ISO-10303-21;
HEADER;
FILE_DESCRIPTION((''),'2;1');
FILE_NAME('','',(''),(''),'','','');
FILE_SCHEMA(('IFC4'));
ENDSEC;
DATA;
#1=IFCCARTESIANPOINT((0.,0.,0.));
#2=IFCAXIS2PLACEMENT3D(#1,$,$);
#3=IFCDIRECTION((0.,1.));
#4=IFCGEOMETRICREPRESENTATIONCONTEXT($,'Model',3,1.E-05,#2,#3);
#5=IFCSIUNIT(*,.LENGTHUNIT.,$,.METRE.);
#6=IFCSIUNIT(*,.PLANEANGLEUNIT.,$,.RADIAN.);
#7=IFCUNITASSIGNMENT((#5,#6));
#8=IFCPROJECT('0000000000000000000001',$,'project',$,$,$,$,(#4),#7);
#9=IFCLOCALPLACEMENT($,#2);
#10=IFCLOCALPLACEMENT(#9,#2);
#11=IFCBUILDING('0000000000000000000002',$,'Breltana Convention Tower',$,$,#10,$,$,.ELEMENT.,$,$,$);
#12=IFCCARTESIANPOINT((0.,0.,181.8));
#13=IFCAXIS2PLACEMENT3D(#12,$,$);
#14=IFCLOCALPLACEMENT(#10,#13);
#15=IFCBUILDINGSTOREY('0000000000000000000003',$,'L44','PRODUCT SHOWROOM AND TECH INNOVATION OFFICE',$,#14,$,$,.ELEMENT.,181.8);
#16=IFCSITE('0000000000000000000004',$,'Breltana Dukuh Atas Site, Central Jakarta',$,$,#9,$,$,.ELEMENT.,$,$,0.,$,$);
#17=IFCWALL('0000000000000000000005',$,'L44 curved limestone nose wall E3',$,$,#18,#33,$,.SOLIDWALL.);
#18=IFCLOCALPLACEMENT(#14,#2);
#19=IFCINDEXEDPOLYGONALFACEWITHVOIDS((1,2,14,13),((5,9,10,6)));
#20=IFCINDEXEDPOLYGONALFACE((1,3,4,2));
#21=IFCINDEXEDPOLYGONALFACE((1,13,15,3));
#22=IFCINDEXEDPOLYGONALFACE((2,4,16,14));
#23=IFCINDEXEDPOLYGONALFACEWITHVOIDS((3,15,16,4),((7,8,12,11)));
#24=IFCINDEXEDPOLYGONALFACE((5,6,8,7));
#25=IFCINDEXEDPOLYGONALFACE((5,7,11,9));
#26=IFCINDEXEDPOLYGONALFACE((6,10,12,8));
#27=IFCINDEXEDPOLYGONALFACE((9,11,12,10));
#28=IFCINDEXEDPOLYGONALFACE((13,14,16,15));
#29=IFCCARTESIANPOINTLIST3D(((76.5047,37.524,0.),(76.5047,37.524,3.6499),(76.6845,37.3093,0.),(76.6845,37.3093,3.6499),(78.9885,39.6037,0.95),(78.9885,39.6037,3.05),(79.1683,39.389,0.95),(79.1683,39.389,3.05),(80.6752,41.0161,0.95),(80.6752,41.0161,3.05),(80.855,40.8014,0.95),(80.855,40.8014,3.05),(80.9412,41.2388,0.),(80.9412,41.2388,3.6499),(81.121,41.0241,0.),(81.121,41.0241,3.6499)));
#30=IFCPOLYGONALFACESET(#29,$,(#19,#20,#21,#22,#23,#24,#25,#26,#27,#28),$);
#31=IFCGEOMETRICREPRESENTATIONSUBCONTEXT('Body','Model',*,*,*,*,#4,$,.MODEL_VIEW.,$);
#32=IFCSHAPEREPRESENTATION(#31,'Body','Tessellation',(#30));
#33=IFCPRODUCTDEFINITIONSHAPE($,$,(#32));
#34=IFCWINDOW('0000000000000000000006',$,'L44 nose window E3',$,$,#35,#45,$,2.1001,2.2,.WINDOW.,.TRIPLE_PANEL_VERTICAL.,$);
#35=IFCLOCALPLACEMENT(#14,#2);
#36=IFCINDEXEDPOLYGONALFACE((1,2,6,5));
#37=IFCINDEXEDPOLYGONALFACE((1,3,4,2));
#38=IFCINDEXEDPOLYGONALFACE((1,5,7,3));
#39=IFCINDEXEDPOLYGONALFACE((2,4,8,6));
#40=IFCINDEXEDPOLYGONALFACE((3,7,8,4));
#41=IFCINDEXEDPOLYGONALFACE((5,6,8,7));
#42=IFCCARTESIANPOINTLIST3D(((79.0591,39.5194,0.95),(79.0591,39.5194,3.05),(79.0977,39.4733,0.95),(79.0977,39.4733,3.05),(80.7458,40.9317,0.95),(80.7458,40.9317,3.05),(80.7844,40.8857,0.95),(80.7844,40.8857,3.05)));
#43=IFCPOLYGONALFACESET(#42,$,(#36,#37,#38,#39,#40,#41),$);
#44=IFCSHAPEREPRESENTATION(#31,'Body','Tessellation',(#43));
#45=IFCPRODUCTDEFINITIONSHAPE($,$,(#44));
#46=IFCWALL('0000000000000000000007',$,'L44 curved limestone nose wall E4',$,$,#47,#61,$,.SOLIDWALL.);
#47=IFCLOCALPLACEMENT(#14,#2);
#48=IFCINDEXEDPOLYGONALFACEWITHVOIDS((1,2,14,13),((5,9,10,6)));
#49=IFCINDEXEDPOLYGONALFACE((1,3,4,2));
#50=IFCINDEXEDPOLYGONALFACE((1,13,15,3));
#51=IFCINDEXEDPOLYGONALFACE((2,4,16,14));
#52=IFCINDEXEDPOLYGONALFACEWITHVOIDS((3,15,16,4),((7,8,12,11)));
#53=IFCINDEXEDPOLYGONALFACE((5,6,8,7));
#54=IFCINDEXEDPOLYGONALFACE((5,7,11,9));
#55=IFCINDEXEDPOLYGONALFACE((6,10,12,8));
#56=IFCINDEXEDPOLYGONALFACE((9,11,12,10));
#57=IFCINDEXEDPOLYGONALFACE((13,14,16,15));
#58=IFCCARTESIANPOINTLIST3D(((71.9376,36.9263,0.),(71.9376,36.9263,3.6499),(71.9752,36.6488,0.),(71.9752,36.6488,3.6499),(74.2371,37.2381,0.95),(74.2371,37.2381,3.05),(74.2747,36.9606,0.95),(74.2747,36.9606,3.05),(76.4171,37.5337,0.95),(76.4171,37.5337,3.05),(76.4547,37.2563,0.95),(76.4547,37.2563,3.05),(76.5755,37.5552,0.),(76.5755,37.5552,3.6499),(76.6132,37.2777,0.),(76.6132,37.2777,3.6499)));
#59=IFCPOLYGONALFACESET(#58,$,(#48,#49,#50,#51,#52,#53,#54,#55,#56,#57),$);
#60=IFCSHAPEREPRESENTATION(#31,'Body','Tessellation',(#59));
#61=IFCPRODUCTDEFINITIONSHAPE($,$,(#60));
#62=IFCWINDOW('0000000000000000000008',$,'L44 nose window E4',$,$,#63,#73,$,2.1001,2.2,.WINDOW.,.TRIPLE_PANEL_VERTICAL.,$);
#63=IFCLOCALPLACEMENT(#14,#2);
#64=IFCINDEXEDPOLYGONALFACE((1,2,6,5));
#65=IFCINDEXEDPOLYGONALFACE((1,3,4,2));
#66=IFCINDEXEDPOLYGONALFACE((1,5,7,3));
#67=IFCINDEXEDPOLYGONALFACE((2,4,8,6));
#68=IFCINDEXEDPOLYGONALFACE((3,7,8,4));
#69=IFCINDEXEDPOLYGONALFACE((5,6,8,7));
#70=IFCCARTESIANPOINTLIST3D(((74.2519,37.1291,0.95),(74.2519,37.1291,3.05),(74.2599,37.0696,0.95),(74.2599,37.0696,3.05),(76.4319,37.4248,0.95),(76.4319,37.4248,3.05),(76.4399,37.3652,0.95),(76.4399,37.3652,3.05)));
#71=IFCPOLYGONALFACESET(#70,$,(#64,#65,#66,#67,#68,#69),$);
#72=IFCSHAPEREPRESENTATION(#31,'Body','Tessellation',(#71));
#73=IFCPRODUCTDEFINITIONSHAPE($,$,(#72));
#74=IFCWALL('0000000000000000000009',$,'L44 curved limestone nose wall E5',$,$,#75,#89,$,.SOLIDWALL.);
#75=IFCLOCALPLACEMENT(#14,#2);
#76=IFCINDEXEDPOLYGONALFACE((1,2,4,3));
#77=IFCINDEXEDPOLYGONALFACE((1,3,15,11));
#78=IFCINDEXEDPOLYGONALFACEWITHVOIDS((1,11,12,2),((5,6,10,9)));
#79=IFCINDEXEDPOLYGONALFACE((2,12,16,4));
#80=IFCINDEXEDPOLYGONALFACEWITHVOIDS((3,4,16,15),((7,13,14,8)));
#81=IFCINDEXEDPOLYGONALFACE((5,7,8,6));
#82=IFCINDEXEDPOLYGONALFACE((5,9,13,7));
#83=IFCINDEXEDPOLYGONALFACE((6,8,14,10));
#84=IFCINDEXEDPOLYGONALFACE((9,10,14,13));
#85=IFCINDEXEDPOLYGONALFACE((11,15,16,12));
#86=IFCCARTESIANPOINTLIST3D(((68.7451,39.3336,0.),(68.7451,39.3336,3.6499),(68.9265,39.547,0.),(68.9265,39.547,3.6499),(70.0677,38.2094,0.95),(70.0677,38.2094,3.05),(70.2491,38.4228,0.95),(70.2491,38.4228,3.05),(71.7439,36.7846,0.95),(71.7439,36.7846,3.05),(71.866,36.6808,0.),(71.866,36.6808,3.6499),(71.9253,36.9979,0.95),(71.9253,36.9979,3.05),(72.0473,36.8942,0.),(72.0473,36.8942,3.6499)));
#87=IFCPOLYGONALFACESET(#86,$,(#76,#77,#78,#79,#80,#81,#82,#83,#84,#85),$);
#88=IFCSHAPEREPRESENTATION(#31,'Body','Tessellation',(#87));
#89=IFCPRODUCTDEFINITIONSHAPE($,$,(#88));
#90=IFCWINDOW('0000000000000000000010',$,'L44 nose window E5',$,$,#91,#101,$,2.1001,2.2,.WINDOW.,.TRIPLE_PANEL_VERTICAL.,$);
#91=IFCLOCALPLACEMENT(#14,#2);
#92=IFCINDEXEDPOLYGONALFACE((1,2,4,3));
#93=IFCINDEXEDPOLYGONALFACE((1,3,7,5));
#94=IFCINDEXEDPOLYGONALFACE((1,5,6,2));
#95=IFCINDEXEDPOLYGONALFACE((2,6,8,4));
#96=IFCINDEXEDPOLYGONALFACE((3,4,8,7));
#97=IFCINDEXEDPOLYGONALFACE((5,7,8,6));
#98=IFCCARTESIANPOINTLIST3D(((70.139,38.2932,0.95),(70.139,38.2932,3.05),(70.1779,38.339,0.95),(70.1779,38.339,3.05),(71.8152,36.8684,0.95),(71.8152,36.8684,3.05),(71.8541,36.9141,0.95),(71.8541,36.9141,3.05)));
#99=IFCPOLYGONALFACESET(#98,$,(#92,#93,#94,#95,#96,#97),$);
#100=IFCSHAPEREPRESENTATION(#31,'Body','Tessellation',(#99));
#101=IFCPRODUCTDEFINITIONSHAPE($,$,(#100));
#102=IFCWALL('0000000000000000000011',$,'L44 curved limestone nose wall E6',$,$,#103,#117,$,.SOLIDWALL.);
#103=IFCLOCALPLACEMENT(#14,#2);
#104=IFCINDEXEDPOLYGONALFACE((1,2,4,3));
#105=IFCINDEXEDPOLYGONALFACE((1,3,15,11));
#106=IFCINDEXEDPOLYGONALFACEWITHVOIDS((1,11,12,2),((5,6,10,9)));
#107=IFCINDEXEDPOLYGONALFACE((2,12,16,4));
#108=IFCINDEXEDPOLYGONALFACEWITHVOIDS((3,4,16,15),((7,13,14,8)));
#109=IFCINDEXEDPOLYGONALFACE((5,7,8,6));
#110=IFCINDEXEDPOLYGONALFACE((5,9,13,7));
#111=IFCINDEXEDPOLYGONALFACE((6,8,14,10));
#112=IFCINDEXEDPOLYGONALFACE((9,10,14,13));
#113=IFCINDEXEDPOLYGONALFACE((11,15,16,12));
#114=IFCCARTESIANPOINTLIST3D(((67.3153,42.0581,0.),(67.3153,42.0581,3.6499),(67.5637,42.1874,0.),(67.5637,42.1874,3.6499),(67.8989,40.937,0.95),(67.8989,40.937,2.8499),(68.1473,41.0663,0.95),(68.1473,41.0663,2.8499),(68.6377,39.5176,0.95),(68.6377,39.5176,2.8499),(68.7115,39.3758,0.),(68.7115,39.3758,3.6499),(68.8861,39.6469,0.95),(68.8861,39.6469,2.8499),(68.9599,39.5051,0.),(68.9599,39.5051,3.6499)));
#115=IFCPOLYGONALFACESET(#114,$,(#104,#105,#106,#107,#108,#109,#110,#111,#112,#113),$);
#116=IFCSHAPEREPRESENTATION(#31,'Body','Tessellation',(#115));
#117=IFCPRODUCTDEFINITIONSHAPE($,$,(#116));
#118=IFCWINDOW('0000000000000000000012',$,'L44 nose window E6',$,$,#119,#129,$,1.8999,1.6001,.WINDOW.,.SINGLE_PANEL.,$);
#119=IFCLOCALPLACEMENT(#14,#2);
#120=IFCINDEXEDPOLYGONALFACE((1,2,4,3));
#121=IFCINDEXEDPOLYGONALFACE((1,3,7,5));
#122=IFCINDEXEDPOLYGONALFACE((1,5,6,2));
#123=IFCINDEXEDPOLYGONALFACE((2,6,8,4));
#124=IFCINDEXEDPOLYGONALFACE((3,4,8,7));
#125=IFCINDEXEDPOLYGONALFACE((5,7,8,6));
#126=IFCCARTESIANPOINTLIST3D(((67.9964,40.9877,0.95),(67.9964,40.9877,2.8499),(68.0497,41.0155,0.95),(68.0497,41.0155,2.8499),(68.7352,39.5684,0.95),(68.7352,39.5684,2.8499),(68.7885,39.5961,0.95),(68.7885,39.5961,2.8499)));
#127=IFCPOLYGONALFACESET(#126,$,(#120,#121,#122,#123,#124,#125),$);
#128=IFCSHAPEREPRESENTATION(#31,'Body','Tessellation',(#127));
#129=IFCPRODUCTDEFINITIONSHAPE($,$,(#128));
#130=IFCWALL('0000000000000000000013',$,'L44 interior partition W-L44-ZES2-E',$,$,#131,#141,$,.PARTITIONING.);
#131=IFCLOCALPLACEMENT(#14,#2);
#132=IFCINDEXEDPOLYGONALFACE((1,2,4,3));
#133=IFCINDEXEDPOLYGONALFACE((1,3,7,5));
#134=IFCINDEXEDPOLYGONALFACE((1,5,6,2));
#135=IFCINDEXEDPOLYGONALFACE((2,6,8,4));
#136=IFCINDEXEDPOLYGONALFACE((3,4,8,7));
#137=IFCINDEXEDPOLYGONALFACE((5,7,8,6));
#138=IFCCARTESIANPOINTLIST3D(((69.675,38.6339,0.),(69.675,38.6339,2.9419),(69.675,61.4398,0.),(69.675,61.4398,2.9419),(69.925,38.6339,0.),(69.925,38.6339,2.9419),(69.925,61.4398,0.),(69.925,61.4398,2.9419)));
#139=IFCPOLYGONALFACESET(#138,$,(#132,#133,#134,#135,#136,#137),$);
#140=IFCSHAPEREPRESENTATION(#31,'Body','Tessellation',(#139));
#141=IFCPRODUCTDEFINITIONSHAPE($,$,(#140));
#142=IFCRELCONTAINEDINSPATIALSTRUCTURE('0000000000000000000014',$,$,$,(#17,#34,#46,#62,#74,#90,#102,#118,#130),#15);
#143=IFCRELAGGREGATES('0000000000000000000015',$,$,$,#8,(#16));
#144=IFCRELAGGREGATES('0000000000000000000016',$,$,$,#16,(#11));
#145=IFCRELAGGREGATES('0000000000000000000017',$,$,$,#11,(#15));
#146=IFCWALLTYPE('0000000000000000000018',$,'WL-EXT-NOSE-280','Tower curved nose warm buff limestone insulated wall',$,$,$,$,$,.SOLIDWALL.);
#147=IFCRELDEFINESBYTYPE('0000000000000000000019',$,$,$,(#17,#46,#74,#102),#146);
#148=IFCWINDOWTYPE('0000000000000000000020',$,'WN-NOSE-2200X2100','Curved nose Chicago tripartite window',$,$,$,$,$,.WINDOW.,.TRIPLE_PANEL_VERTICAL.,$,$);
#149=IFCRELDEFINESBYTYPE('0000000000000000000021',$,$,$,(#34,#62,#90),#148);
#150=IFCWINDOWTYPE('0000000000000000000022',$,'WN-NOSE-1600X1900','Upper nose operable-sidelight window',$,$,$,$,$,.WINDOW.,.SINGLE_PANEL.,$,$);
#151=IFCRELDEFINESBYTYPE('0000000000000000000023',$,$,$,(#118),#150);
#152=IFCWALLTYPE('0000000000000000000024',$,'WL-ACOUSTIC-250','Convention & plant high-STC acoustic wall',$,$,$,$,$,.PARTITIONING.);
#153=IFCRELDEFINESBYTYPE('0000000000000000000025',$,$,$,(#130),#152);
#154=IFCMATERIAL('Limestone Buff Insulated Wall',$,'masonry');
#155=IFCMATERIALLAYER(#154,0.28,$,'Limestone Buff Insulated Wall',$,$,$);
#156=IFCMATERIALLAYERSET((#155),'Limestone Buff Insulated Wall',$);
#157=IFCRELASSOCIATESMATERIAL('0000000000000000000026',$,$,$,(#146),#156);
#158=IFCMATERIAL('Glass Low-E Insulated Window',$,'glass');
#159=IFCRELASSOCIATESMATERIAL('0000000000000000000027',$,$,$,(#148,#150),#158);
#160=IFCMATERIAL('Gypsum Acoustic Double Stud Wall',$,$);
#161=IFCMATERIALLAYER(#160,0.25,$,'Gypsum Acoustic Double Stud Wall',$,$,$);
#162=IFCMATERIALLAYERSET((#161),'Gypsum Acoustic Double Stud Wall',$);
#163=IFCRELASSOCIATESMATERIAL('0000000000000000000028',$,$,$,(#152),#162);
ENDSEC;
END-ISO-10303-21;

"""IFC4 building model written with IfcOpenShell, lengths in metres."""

from ifc_helpers import new_model, si_unit, direction, frame, frame_2d, origin, place, context, subcontext, project, spatial, rectangle, extrude, source, transform, mapped, material, layer, layer_set, type_object, type_shapes, element, fill, save


model = new_model("IFC4")

# Units and contexts
model_context = context("Model", 3, precision=1e-05, world=origin(), true_north=direction((0.0, 1.0)))
body_context = subcontext(model_context, "Body", "Model", "MODEL_VIEW")
ifc_project = project(units=[si_unit("LENGTHUNIT", "METRE"), si_unit("PLANEANGLEUNIT", "RADIAN")], contexts=[model_context])

# Site, building, storey
site_placement = place(None, origin())
site = spatial("IfcSite", under=ifc_project, at=site_placement, Name="Breltana Dukuh Atas Site, Central Jakarta", CompositionType="ELEMENT", RefElevation=0.0)
building_placement = place(site_placement, origin())
building = spatial("IfcBuilding", under=site, at=building_placement, Name="Breltana Convention Tower", CompositionType="ELEMENT")
storey_placement = place(building_placement, frame((0.0, 0.0, 181.8)))
storey = spatial("IfcBuildingStorey", under=building, at=storey_placement, Name="L44", Description="PRODUCT SHOWROOM AND TECH INNOVATION OFFICE", CompositionType="ELEMENT", Elevation=181.8)

# Walls, openings, windows
ifc_material_1 = material(Name="Limestone Buff Insulated Wall", Category="masonry")
ifc_layer_1 = layer(ifc_material_1, 0.28, Name="Limestone Buff Insulated Wall")
ifc_layer_set_1 = layer_set([ifc_layer_1], Name="Limestone Buff Insulated Wall")
wall_type_1 = type_object("IfcWallType", Name="WL-EXT-NOSE-280", Description="Tower curved nose warm buff limestone insulated wall", PredefinedType="SOLIDWALL", material=ifc_layer_set_1)
shared_shape_1 = source(origin(), body_context, "Body", "SweptSolid", [
    extrude(rectangle(XDim=5.7864, YDim=0.28, at=frame_2d((2.8931, 0.0))), origin(), (0.0, 0.0, 1.0), 3.6499),
])
wall_1_placement = place(storey_placement, frame((81.031, 41.1313, 0.0), z_axis=(0.0, 0.0, 1.0), x_axis=(-0.766711, -0.641992, 0.0)))
wall_1 = element("IfcWall", 1, at=wall_1_placement, inside=storey, type_object=wall_type_1, Name="L44 curved limestone nose wall E3", PredefinedType="SOLIDWALL", context=body_context, shape_type="MappedRepresentation", body=[
    mapped(shared_shape_1, transform((0.0, 0.0, 0.0), scale=1.0)),
])
opening_1_placement = place(wall_1_placement, frame((0.3467, 0.0, 0.95)))
opening_1 = element("IfcOpeningElement", 2, at=opening_1_placement, cuts=wall_1, PredefinedType="OPENING", context=body_context, shape_type="SweptSolid", body=[
    extrude(rectangle(XDim=2.2, YDim=2.1001, at=frame_2d((1.1001, 1.05))), frame((0.0, 0.1499, 0.0), z_axis=(0.0, -1.0, 0.0), x_axis=(1.0, 0.0, 0.0)), (0.0, 0.0, 1.0), 0.3),
])
ifc_material_2 = material(Name="Glass Low-E Insulated Window", Category="glass")
window_type_1 = type_object("IfcWindowType", Name="WN-NOSE-2200X2100", Description="Curved nose Chicago tripartite window", PartitioningType="TRIPLE_PANEL_VERTICAL", PredefinedType="WINDOW", material=ifc_material_2)
shared_shape_2 = source(origin(), body_context, "Body", "SweptSolid", [
    extrude(rectangle(XDim=2.2, YDim=2.1001, at=frame_2d((1.1001, 1.05))), frame((0.0, 0.03, 0.0), z_axis=(0.0, -1.0, 0.0), x_axis=(1.0, 0.0, 0.0)), (0.0, 0.0, 1.0), 0.0601),
])
type_shapes(window_type_1, [shared_shape_2])
window_1_placement = place(opening_1_placement, origin())
window_1 = element("IfcWindow", 3, at=window_1_placement, inside=storey, type_object=window_type_1, Name="L44 nose window E3", OverallHeight=2.1001, OverallWidth=2.2, PartitioningType="TRIPLE_PANEL_VERTICAL", PredefinedType="WINDOW", context=body_context, shape_type="MappedRepresentation", body=[
    mapped(shared_shape_2, transform((0.0, 0.0, 0.0), scale=1.0)),
])
fill(opening_1, window_1)
shared_shape_3 = source(origin(), body_context, "Body", "SweptSolid", [
    extrude(rectangle(XDim=4.6804, YDim=0.28, at=frame_2d((2.3403, 0.0))), origin(), (0.0, 0.0, 1.0), 3.6499),
])
wall_2_placement = place(storey_placement, frame((76.5945, 37.4165, 0.0), z_axis=(0.0, 0.0, 1.0), x_axis=(-0.990931, -0.134371, 0.0)))
wall_2 = element("IfcWall", 4, at=wall_2_placement, inside=storey, type_object=wall_type_1, Name="L44 curved limestone nose wall E4", PredefinedType="SOLIDWALL", context=body_context, shape_type="MappedRepresentation", body=[
    mapped(shared_shape_3, transform((0.0, 0.0, 0.0), scale=1.0)),
])
opening_2_placement = place(wall_2_placement, frame((0.1599, 0.0, 0.95)))
opening_2 = element("IfcOpeningElement", 5, at=opening_2_placement, cuts=wall_2, PredefinedType="OPENING", context=body_context, shape_type="SweptSolid", body=[
    extrude(rectangle(XDim=2.2, YDim=2.1001, at=frame_2d((1.1001, 1.05))), frame((0.0, 0.1499, 0.0), z_axis=(0.0, -1.0, 0.0), x_axis=(1.0, 0.0, 0.0)), (0.0, 0.0, 1.0), 0.3),
])
window_2_placement = place(opening_2_placement, origin())
window_2 = element("IfcWindow", 6, at=window_2_placement, inside=storey, type_object=window_type_1, Name="L44 nose window E4", OverallHeight=2.1001, OverallWidth=2.2, PartitioningType="TRIPLE_PANEL_VERTICAL", PredefinedType="WINDOW", context=body_context, shape_type="MappedRepresentation", body=[
    mapped(shared_shape_2, transform((0.0, 0.0, 0.0), scale=1.0)),
])
fill(opening_2, window_2)
shared_shape_4 = source(origin(), body_context, "Body", "SweptSolid", [
    extrude(rectangle(XDim=4.0959, YDim=0.28, at=frame_2d((2.0479, 0.0))), origin(), (0.0, 0.0, 1.0), 3.6499),
])
wall_3_placement = place(storey_placement, frame((71.9565, 36.7876, 0.0), z_axis=(0.0, 0.0, 1.0), x_axis=(-0.761926, 0.647664, 0.0)))
wall_3 = element("IfcWall", 7, at=wall_3_placement, inside=storey, type_object=wall_type_1, Name="L44 curved limestone nose wall E5", PredefinedType="SOLIDWALL", context=body_context, shape_type="MappedRepresentation", body=[
    mapped(shared_shape_4, transform((0.0, 0.0, 0.0), scale=1.0)),
])
opening_3_placement = place(wall_3_placement, frame((0.1599, 0.0, 0.95)))
opening_3 = element("IfcOpeningElement", 8, at=opening_3_placement, cuts=wall_3, PredefinedType="OPENING", context=body_context, shape_type="SweptSolid", body=[
    extrude(rectangle(XDim=2.2, YDim=2.1001, at=frame_2d((1.1001, 1.05))), frame((0.0, 0.1499, 0.0), z_axis=(0.0, -1.0, 0.0), x_axis=(1.0, 0.0, 0.0)), (0.0, 0.0, 1.0), 0.3),
])
window_3_placement = place(opening_3_placement, origin())
window_3 = element("IfcWindow", 9, at=window_3_placement, inside=storey, type_object=window_type_1, Name="L44 nose window E5", OverallHeight=2.1001, OverallWidth=2.2, PartitioningType="TRIPLE_PANEL_VERTICAL", PredefinedType="WINDOW", context=body_context, shape_type="MappedRepresentation", body=[
    mapped(shared_shape_2, transform((0.0, 0.0, 0.0), scale=1.0)),
])
fill(opening_3, window_3)
shared_shape_5 = source(origin(), body_context, "Body", "SweptSolid", [
    extrude(rectangle(XDim=3.0239, YDim=0.28, at=frame_2d((1.512, 0.0))), origin(), (0.0, 0.0, 1.0), 3.6499),
])
wall_4_placement = place(storey_placement, frame((68.8357, 39.4404, 0.0), z_axis=(0.0, 0.0, 1.0), x_axis=(-0.461719, 0.887026, 0.0)))
wall_4 = element("IfcWall", 10, at=wall_4_placement, inside=storey, type_object=wall_type_1, Name="L44 curved limestone nose wall E6", PredefinedType="SOLIDWALL", context=body_context, shape_type="MappedRepresentation", body=[
    mapped(shared_shape_5, transform((0.0, 0.0, 0.0), scale=1.0)),
])
opening_4_placement = place(wall_4_placement, frame((0.1599, 0.0, 0.95)))
opening_4 = element("IfcOpeningElement", 11, at=opening_4_placement, cuts=wall_4, PredefinedType="OPENING", context=body_context, shape_type="SweptSolid", body=[
    extrude(rectangle(XDim=1.6001, YDim=1.8999, at=frame_2d((0.8, 0.95))), frame((0.0, 0.1499, 0.0), z_axis=(0.0, -1.0, 0.0), x_axis=(1.0, 0.0, 0.0)), (0.0, 0.0, 1.0), 0.3),
])
window_type_2 = type_object("IfcWindowType", Name="WN-NOSE-1600X1900", Description="Upper nose operable-sidelight window", PartitioningType="SINGLE_PANEL", PredefinedType="WINDOW", material=ifc_material_2)
shared_shape_6 = source(origin(), body_context, "Body", "SweptSolid", [
    extrude(rectangle(XDim=1.6001, YDim=1.8999, at=frame_2d((0.8, 0.95))), frame((0.0, 0.03, 0.0), z_axis=(0.0, -1.0, 0.0), x_axis=(1.0, 0.0, 0.0)), (0.0, 0.0, 1.0), 0.0601),
])
type_shapes(window_type_2, [shared_shape_6])
window_4_placement = place(opening_4_placement, origin())
window_4 = element("IfcWindow", 12, at=window_4_placement, inside=storey, type_object=window_type_2, Name="L44 nose window E6", OverallHeight=1.8999, OverallWidth=1.6001, PartitioningType="SINGLE_PANEL", PredefinedType="WINDOW", context=body_context, shape_type="MappedRepresentation", body=[
    mapped(shared_shape_6, transform((0.0, 0.0, 0.0), scale=1.0)),
])
fill(opening_4, window_4)

# Wall
ifc_material_3 = material(Name="Gypsum Acoustic Double Stud Wall")
ifc_layer_2 = layer(ifc_material_3, 0.25, Name="Gypsum Acoustic Double Stud Wall")
ifc_layer_set_2 = layer_set([ifc_layer_2], Name="Gypsum Acoustic Double Stud Wall")
wall_type_2 = type_object("IfcWallType", Name="WL-ACOUSTIC-250", Description="Convention & plant high-STC acoustic wall", PredefinedType="PARTITIONING", material=ifc_layer_set_2)
shared_shape_7 = source(origin(), body_context, "Body", "SweptSolid", [
    extrude(rectangle(XDim=22.8059, YDim=0.25, at=frame_2d((11.4028, 0.0))), origin(), (0.0, 0.0, 1.0), 2.9419),
])
wall_5_placement = place(storey_placement, frame((69.8, 38.634, 0.0), z_axis=(0.0, 0.0, 1.0), x_axis=(0.0, 1.0, 0.0)))
element("IfcWall", 13, at=wall_5_placement, inside=storey, type_object=wall_type_2, Name="L44 interior partition W-L44-ZES2-E", PredefinedType="PARTITIONING", context=body_context, shape_type="MappedRepresentation", body=[
    mapped(shared_shape_7, transform((0.0, 0.0, 0.0), scale=1.0)),
])

save(model, "model.ifc")
